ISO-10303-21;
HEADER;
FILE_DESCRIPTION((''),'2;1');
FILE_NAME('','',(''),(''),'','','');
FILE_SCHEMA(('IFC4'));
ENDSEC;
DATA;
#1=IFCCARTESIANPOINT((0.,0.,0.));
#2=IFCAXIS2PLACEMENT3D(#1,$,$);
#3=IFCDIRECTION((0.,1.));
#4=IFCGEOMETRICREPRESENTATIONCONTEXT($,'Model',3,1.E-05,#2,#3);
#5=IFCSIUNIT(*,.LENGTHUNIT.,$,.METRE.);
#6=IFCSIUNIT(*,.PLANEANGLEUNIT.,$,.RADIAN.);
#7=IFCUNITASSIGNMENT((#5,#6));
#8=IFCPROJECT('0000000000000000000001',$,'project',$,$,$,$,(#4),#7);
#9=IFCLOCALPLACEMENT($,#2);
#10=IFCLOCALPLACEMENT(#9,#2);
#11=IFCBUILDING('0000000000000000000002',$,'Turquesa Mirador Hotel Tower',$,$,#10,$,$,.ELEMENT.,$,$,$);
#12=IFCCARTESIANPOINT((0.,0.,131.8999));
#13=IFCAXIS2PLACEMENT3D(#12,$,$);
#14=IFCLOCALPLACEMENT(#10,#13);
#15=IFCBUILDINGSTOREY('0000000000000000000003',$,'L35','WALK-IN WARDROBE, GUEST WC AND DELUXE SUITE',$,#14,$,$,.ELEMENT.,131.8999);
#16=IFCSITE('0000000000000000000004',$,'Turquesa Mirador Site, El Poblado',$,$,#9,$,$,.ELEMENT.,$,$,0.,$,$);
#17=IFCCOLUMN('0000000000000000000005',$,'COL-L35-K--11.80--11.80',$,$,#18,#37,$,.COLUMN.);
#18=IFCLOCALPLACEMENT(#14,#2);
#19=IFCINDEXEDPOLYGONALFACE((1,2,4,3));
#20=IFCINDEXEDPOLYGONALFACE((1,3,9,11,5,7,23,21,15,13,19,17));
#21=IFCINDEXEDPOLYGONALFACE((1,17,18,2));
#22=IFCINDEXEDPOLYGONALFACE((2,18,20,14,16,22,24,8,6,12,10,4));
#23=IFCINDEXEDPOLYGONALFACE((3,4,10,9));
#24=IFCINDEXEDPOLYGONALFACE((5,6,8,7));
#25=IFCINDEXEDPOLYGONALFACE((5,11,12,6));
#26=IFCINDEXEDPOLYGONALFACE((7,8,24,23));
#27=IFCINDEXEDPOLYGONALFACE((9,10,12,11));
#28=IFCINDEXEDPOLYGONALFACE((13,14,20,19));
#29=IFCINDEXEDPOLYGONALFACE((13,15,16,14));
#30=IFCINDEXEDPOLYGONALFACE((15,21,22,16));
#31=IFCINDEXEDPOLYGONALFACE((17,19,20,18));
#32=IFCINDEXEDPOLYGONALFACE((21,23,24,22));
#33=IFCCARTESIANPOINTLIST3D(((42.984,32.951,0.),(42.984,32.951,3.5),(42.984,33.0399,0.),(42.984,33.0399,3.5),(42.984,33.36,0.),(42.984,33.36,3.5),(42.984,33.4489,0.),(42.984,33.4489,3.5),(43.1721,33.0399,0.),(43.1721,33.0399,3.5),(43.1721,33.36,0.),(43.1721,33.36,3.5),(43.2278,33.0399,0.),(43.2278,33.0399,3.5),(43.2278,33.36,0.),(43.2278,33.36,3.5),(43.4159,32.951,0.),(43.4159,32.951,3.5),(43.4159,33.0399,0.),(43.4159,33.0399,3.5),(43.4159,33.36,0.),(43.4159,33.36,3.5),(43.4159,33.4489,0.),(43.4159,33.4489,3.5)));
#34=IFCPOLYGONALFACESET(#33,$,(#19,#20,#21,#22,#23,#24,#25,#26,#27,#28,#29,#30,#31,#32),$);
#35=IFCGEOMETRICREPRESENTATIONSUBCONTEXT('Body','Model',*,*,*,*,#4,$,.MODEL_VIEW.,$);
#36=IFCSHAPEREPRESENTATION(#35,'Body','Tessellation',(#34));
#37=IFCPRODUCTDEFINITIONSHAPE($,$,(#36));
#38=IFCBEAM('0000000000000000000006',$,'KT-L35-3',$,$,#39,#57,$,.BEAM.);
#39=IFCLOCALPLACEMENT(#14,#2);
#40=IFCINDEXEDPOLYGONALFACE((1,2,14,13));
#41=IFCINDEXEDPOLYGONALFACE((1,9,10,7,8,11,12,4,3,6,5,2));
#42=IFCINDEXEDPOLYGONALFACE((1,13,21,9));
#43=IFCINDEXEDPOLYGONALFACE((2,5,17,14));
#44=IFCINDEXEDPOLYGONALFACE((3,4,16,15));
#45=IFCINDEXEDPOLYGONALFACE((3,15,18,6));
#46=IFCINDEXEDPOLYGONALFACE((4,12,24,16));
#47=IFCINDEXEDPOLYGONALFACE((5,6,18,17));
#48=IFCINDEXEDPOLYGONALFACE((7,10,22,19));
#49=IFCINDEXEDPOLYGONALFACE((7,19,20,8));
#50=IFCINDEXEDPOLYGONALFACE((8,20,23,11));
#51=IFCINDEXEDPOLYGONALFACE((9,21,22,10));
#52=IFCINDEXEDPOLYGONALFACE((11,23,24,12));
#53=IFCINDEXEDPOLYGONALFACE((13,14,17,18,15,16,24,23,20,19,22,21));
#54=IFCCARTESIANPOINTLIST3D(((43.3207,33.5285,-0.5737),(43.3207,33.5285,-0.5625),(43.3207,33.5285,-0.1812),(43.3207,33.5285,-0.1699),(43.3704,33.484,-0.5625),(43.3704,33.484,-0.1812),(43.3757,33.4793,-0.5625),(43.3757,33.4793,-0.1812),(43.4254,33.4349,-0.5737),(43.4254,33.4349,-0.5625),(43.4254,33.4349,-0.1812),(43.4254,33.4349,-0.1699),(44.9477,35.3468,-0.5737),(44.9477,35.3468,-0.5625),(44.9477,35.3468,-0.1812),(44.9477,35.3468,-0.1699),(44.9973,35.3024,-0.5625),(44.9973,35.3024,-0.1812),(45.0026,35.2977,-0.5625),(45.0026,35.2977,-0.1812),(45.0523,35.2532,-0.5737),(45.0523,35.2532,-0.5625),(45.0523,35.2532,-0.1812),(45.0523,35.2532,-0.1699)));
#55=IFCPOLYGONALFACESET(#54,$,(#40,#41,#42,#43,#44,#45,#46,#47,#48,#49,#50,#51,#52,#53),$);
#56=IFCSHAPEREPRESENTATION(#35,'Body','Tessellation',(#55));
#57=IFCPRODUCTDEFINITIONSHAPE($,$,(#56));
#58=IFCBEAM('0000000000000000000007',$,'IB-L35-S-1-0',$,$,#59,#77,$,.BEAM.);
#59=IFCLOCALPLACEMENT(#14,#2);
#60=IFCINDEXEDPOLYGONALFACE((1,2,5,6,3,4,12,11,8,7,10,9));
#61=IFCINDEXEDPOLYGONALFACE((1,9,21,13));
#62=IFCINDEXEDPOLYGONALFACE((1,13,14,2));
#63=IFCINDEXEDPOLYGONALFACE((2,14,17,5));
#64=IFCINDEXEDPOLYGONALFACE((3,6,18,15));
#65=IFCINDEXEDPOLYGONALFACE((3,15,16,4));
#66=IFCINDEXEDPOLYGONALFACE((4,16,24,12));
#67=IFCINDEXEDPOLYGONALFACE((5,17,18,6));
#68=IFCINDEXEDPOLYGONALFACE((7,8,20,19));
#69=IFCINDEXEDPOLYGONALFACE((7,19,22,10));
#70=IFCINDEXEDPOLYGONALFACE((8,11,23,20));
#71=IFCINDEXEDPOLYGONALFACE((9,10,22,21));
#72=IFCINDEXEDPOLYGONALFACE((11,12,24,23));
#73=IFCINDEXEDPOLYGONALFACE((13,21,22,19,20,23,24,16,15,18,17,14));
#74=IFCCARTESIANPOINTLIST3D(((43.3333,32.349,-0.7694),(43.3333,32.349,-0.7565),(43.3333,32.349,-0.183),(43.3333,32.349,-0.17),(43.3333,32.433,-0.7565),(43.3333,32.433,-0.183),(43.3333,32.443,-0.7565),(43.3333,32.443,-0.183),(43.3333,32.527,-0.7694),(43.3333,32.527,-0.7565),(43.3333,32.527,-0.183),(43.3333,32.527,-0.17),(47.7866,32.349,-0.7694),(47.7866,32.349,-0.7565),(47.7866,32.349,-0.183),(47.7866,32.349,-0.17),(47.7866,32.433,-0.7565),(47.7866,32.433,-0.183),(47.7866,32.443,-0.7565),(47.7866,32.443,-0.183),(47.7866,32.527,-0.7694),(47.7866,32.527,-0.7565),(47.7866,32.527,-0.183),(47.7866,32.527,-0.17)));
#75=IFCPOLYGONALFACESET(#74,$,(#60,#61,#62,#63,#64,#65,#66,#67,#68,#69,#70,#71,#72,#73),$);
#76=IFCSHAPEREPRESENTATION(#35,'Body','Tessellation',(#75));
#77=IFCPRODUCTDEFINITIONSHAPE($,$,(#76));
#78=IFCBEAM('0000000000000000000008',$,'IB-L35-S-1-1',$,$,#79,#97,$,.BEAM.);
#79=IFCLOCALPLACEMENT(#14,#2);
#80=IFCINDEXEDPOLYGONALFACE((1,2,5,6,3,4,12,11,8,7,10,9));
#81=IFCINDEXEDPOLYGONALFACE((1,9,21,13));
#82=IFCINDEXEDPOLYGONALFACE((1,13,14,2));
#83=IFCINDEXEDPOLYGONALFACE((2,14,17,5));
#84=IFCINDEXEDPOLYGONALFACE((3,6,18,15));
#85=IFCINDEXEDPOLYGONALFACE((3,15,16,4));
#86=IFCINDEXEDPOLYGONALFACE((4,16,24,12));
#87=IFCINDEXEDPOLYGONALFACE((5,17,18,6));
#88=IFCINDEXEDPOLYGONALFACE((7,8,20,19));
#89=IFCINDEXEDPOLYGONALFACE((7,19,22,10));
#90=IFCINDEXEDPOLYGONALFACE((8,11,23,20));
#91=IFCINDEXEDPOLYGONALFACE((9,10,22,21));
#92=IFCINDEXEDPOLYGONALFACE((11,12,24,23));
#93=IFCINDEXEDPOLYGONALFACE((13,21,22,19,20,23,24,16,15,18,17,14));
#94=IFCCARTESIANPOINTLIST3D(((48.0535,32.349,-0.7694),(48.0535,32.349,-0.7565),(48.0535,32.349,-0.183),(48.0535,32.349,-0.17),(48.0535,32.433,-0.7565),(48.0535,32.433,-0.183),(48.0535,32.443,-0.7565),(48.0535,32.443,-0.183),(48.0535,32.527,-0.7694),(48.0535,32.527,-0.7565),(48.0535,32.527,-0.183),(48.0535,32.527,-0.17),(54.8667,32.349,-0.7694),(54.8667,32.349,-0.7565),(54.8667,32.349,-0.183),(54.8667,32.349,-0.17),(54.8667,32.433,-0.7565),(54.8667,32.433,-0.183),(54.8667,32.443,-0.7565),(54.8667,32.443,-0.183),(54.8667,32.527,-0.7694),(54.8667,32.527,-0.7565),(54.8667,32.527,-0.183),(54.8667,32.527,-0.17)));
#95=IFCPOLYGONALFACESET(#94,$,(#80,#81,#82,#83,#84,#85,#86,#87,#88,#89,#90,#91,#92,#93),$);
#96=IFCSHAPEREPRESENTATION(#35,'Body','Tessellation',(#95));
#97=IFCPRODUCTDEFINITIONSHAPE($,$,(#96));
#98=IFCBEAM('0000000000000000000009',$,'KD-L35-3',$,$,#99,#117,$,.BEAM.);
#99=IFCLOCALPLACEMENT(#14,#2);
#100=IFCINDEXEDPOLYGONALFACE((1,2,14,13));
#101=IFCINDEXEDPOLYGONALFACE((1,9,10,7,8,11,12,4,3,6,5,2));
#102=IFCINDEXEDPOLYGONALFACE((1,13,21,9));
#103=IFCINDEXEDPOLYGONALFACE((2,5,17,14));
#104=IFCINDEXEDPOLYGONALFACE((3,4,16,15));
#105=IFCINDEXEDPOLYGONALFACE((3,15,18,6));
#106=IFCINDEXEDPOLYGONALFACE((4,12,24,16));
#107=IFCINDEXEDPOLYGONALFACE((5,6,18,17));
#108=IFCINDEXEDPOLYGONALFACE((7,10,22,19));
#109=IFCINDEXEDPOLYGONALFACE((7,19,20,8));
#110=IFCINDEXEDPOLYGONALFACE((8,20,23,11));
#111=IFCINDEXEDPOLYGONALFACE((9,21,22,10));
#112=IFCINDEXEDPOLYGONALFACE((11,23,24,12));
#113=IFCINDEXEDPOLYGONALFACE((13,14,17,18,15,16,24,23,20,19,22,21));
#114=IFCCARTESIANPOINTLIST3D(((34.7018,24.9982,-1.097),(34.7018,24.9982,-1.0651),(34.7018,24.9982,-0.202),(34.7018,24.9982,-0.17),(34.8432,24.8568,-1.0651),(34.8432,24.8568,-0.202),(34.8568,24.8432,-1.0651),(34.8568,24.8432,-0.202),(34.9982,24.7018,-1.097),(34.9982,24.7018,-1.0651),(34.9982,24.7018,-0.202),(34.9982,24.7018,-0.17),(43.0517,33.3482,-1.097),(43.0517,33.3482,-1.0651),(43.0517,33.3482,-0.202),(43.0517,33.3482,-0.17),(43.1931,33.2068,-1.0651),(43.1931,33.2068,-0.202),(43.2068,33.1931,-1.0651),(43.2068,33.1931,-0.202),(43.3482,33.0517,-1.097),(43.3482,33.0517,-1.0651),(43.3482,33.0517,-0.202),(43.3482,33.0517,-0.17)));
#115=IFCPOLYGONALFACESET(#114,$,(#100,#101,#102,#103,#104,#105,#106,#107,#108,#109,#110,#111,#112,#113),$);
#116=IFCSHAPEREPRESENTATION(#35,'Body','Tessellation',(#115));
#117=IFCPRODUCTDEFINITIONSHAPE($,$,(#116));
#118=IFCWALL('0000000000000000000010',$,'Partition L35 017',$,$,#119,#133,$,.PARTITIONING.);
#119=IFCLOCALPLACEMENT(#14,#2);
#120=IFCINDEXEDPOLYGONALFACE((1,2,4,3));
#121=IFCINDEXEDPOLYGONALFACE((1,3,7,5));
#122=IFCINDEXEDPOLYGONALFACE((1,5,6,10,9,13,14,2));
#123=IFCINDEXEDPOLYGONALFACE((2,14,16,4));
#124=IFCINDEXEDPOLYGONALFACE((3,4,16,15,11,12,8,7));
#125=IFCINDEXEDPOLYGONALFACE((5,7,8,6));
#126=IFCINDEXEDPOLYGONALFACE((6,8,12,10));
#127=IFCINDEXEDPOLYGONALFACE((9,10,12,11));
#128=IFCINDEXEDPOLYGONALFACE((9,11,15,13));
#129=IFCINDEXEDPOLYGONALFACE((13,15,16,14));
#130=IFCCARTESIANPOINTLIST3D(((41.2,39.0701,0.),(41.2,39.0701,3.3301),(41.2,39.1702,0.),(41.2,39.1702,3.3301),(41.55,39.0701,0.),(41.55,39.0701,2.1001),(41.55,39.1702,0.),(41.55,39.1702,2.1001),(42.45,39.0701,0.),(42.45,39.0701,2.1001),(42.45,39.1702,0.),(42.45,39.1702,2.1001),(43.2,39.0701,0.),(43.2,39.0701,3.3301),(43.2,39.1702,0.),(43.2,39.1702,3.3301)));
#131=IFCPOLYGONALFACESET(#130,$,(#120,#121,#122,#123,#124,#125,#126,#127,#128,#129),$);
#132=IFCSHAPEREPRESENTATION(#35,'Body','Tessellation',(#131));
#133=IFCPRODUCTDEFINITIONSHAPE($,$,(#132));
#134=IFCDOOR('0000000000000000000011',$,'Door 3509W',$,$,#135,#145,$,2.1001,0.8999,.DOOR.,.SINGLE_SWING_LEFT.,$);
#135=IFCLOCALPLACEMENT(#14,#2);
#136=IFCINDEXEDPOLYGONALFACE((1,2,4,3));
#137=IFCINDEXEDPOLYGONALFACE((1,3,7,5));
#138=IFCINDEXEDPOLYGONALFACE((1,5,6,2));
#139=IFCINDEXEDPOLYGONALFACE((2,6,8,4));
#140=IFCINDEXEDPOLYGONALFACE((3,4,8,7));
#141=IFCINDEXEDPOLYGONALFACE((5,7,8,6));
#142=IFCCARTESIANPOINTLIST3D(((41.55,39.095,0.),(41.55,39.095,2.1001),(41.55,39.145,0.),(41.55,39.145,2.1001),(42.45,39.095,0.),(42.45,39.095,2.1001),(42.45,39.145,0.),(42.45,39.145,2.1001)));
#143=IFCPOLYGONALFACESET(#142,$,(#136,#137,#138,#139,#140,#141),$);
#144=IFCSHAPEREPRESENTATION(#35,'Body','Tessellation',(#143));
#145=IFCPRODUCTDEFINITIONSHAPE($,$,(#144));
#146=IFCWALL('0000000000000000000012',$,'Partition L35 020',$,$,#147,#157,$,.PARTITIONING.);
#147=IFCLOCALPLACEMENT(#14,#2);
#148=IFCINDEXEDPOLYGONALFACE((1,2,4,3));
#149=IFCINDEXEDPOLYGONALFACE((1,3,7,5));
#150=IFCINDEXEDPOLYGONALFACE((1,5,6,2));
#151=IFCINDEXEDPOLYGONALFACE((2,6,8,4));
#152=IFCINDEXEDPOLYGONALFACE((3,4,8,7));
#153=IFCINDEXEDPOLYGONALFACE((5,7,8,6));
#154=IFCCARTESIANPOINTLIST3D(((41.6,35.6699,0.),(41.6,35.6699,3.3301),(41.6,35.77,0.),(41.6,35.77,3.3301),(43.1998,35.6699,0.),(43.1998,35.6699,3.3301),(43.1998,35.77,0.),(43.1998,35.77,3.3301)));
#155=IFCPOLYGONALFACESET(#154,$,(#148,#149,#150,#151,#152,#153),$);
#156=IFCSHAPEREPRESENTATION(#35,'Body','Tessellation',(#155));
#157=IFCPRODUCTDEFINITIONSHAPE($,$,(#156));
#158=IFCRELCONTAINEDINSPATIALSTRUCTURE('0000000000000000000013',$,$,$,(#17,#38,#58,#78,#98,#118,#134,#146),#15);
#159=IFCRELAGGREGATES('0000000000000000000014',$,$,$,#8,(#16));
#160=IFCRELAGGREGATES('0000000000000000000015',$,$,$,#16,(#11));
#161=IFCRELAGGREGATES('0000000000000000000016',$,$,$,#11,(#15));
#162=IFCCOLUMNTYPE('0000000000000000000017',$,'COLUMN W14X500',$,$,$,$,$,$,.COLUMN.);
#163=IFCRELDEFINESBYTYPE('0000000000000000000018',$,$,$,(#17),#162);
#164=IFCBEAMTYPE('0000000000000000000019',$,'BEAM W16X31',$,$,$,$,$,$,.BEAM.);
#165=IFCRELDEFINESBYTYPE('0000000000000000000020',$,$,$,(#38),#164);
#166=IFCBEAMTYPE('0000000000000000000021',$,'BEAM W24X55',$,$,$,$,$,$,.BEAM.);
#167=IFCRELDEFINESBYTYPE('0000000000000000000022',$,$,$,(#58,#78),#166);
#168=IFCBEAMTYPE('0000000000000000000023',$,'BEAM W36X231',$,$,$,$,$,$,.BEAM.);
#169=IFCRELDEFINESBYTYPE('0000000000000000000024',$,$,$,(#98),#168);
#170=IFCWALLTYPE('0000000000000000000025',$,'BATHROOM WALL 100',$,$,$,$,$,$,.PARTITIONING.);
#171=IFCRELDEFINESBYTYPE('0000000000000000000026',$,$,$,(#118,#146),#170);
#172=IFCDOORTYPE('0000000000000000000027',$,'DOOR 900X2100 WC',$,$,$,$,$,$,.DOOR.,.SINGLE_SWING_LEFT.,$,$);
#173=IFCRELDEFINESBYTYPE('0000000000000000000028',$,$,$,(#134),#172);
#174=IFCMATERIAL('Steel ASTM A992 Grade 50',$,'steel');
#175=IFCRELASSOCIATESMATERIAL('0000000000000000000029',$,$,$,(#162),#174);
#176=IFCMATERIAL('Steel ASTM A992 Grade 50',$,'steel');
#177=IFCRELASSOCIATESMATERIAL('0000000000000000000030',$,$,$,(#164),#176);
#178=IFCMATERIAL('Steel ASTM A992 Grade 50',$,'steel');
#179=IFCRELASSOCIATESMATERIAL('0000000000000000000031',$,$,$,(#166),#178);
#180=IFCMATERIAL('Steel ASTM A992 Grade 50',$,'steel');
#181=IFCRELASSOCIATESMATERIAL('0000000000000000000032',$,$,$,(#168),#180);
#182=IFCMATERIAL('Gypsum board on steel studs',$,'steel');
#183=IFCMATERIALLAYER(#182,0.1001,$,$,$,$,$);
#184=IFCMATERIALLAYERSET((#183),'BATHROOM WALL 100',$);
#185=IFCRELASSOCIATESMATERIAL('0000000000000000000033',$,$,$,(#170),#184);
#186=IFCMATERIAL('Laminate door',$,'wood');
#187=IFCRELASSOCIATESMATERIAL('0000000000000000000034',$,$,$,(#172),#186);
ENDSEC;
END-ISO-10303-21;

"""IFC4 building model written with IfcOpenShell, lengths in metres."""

from ifc_helpers import new_model, si_unit, direction, frame, frame_2d, origin, origin_2d, place, context, subcontext, project, spatial, rectangle, i_section, extrude, material, layer, layer_set, material_profile, profile_set, type_object, element, fill, save


model = new_model("IFC4")

# Units and contexts
model_context = context("Model", 3, precision=1e-05, world=origin(), true_north=direction((0.0, 1.0)))
body_context = subcontext(model_context, "Body", "Model", "MODEL_VIEW")
ifc_project = project(units=[si_unit("LENGTHUNIT", "METRE"), si_unit("PLANEANGLEUNIT", "RADIAN")], contexts=[model_context])

# Site, building, storey
site_placement = place(None, origin())
site = spatial("IfcSite", under=ifc_project, at=site_placement, Name="Turquesa Mirador Site, El Poblado", CompositionType="ELEMENT", RefElevation=0.0)
building_placement = place(site_placement, origin())
building = spatial("IfcBuilding", under=site, at=building_placement, Name="Turquesa Mirador Hotel Tower", CompositionType="ELEMENT")
storey_placement = place(building_placement, frame((0.0, 0.0, 131.8999)))
storey = spatial("IfcBuildingStorey", under=building, at=storey_placement, Name="L35", Description="WALK-IN WARDROBE, GUEST WC AND DELUXE SUITE", CompositionType="ELEMENT", Elevation=131.8999)

# Column
ifc_material_1 = material(Name="Steel ASTM A992 Grade 50", Category="steel")
ifc_material_profile_1 = material_profile(ifc_material_1, i_section(OverallWidth=0.4319, OverallDepth=0.4978, WebThickness=0.0557, FlangeThickness=0.0889, at=origin_2d()), Name="W14X500")
ifc_profile_set_1 = profile_set([ifc_material_profile_1], Name="Steel ASTM A992 Grade 50")
column_type = type_object("IfcColumnType", Name="COLUMN W14X500", PredefinedType="COLUMN", material=ifc_profile_set_1)
column_placement = place(storey_placement, frame((43.2, 33.2, 0.0), z_axis=(0.0, 0.0, 1.0), x_axis=(1.0, 0.0, 0.0)))
element("IfcColumn", 1, at=column_placement, inside=storey, type_object=column_type, Name="COL-L35-K--11.80--11.80", PredefinedType="COLUMN", context=body_context, shape_type="SweptSolid", body=[
    extrude(i_section(OverallWidth=0.4319, OverallDepth=0.4978, WebThickness=0.0557, FlangeThickness=0.0889, at=origin_2d()), origin(), (0.0, 0.0, 1.0), 3.5),
])

# Beams
ifc_material_2 = material(Name="Steel ASTM A992 Grade 50", Category="steel")
ifc_material_profile_2 = material_profile(ifc_material_2, i_section(OverallWidth=0.1404, OverallDepth=0.4038, WebThickness=0.0071, FlangeThickness=0.0112, at=origin_2d()), Name="W16X31")
ifc_profile_set_2 = profile_set([ifc_material_profile_2], Name="Steel ASTM A992 Grade 50")
beam_type_1 = type_object("IfcBeamType", Name="BEAM W16X31", PredefinedType="BEAM", material=ifc_profile_set_2)
beam_1_placement = place(storey_placement, frame((43.373, 33.4817, -0.3718), z_axis=(0.666795, 0.745241, 0.0), x_axis=(-0.745241, 0.666795, 0.0)))
element("IfcBeam", 2, at=beam_1_placement, inside=storey, type_object=beam_type_1, Name="KT-L35-3", PredefinedType="BEAM", context=body_context, shape_type="SweptSolid", body=[
    extrude(i_section(OverallWidth=0.1404, OverallDepth=0.4038, WebThickness=0.0071, FlangeThickness=0.0112, at=origin_2d()), origin(), (0.0, 0.0, 1.0), 2.4399),
])
ifc_material_3 = material(Name="Steel ASTM A992 Grade 50", Category="steel")
ifc_material_profile_3 = material_profile(ifc_material_3, i_section(OverallWidth=0.178, OverallDepth=0.5994, WebThickness=0.01, FlangeThickness=0.0129, at=origin_2d()), Name="W24X55")
ifc_profile_set_3 = profile_set([ifc_material_profile_3], Name="Steel ASTM A992 Grade 50")
beam_type_2 = type_object("IfcBeamType", Name="BEAM W24X55", PredefinedType="BEAM", material=ifc_profile_set_3)
beam_2_placement = place(storey_placement, frame((43.3333, 32.438, -0.4697), z_axis=(1.0, 0.0, 0.0), x_axis=(0.0, 1.0, 0.0)))
element("IfcBeam", 3, at=beam_2_placement, inside=storey, type_object=beam_type_2, Name="IB-L35-S-1-0", PredefinedType="BEAM", context=body_context, shape_type="SweptSolid", body=[
    extrude(i_section(OverallWidth=0.178, OverallDepth=0.5994, WebThickness=0.01, FlangeThickness=0.0129, at=origin_2d()), origin(), (0.0, 0.0, 1.0), 4.4534),
])
beam_3_placement = place(storey_placement, frame((48.0535, 32.438, -0.4697), z_axis=(1.0, 0.0, 0.0), x_axis=(0.0, 1.0, 0.0)))
element("IfcBeam", 4, at=beam_3_placement, inside=storey, type_object=beam_type_2, Name="IB-L35-S-1-1", PredefinedType="BEAM", context=body_context, shape_type="SweptSolid", body=[
    extrude(i_section(OverallWidth=0.178, OverallDepth=0.5994, WebThickness=0.01, FlangeThickness=0.0129, at=origin_2d()), origin(), (0.0, 0.0, 1.0), 6.8132),
])
ifc_material_4 = material(Name="Steel ASTM A992 Grade 50", Category="steel")
ifc_material_profile_4 = material_profile(ifc_material_4, i_section(OverallWidth=0.4192, OverallDepth=0.927, WebThickness=0.0193, FlangeThickness=0.032, at=origin_2d()), Name="W36X231")
ifc_profile_set_4 = profile_set([ifc_material_profile_4], Name="Steel ASTM A992 Grade 50")
beam_type_3 = type_object("IfcBeamType", Name="BEAM W36X231", PredefinedType="BEAM", material=ifc_profile_set_4)
beam_4_placement = place(storey_placement, frame((43.2, 33.2, -0.6335), z_axis=(-0.707107, -0.707107, 0.0), x_axis=(0.707107, -0.707107, 0.0)))
element("IfcBeam", 5, at=beam_4_placement, inside=storey, type_object=beam_type_3, Name="KD-L35-3", PredefinedType="BEAM", context=body_context, shape_type="SweptSolid", body=[
    extrude(i_section(OverallWidth=0.4192, OverallDepth=0.927, WebThickness=0.0193, FlangeThickness=0.032, at=origin_2d()), origin(), (0.0, 0.0, 1.0), 11.8086),
])

# Wall, opening, door
ifc_material_5 = material(Name="Gypsum board on steel studs", Category="steel")
ifc_layer_1 = layer(ifc_material_5, 0.1001)
ifc_layer_set_1 = layer_set([ifc_layer_1], Name="BATHROOM WALL 100")
wall_type_1 = type_object("IfcWallType", Name="BATHROOM WALL 100", PredefinedType="PARTITIONING", material=ifc_layer_set_1)
wall_1_placement = place(storey_placement, frame((41.2, 39.1201, 0.0), z_axis=(0.0, 0.0, 1.0), x_axis=(1.0, 0.0, 0.0)))
wall_1 = element("IfcWall", 6, at=wall_1_placement, inside=storey, type_object=wall_type_1, Name="Partition L35 017", PredefinedType="PARTITIONING", context=body_context, shape_type="SweptSolid", body=[
    extrude(rectangle(XDim=2.0, YDim=0.1001, at=frame_2d((1.0, 0.0))), origin(), (0.0, 0.0, 1.0), 3.3301),
])
opening_1_placement = place(wall_1_placement, frame((0.3501, 0.0, 0.0)))
opening_1 = element("IfcOpeningElement", 7, at=opening_1_placement, cuts=wall_1, PredefinedType="OPENING", context=body_context, shape_type="SweptSolid", body=[
    extrude(rectangle(XDim=0.8999, YDim=2.1001, at=frame_2d((0.45, 1.05))), frame((0.0, 0.0601, 0.0), z_axis=(0.0, -1.0, 0.0), x_axis=(1.0, 0.0, 0.0)), (0.0, 0.0, 1.0), 0.1201),
])
ifc_material_6 = material(Name="Laminate door", Category="wood")
door_type_1 = type_object("IfcDoorType", Name="DOOR 900X2100 WC", OperationType="SINGLE_SWING_LEFT", PredefinedType="DOOR", material=ifc_material_6)
door_1_placement = place(opening_1_placement, origin())
door_1 = element("IfcDoor", 8, at=door_1_placement, inside=storey, type_object=door_type_1, Name="Door 3509W", OperationType="SINGLE_SWING_LEFT", OverallHeight=2.1001, OverallWidth=0.8999, PredefinedType="DOOR", context=body_context, shape_type="SweptSolid", body=[
    extrude(rectangle(XDim=0.8999, YDim=2.1001, at=frame_2d((0.45, 1.05))), frame((0.0, 0.0249, 0.0), z_axis=(0.0, -1.0, 0.0), x_axis=(1.0, 0.0, 0.0)), (0.0, 0.0, 1.0), 0.05),
])
fill(opening_1, door_1)

# Wall
wall_2_placement = place(storey_placement, frame((41.6001, 35.72, 0.0), z_axis=(0.0, 0.0, 1.0), x_axis=(1.0, 0.0, 0.0)))
element("IfcWall", 9, at=wall_2_placement, inside=storey, type_object=wall_type_1, Name="Partition L35 020", PredefinedType="PARTITIONING", context=body_context, shape_type="SweptSolid", body=[
    extrude(rectangle(XDim=1.5999, YDim=0.1001, at=frame_2d((0.7998, 0.0))), origin(), (0.0, 0.0, 1.0), 3.3301),
])

save(model, "model.ifc")
